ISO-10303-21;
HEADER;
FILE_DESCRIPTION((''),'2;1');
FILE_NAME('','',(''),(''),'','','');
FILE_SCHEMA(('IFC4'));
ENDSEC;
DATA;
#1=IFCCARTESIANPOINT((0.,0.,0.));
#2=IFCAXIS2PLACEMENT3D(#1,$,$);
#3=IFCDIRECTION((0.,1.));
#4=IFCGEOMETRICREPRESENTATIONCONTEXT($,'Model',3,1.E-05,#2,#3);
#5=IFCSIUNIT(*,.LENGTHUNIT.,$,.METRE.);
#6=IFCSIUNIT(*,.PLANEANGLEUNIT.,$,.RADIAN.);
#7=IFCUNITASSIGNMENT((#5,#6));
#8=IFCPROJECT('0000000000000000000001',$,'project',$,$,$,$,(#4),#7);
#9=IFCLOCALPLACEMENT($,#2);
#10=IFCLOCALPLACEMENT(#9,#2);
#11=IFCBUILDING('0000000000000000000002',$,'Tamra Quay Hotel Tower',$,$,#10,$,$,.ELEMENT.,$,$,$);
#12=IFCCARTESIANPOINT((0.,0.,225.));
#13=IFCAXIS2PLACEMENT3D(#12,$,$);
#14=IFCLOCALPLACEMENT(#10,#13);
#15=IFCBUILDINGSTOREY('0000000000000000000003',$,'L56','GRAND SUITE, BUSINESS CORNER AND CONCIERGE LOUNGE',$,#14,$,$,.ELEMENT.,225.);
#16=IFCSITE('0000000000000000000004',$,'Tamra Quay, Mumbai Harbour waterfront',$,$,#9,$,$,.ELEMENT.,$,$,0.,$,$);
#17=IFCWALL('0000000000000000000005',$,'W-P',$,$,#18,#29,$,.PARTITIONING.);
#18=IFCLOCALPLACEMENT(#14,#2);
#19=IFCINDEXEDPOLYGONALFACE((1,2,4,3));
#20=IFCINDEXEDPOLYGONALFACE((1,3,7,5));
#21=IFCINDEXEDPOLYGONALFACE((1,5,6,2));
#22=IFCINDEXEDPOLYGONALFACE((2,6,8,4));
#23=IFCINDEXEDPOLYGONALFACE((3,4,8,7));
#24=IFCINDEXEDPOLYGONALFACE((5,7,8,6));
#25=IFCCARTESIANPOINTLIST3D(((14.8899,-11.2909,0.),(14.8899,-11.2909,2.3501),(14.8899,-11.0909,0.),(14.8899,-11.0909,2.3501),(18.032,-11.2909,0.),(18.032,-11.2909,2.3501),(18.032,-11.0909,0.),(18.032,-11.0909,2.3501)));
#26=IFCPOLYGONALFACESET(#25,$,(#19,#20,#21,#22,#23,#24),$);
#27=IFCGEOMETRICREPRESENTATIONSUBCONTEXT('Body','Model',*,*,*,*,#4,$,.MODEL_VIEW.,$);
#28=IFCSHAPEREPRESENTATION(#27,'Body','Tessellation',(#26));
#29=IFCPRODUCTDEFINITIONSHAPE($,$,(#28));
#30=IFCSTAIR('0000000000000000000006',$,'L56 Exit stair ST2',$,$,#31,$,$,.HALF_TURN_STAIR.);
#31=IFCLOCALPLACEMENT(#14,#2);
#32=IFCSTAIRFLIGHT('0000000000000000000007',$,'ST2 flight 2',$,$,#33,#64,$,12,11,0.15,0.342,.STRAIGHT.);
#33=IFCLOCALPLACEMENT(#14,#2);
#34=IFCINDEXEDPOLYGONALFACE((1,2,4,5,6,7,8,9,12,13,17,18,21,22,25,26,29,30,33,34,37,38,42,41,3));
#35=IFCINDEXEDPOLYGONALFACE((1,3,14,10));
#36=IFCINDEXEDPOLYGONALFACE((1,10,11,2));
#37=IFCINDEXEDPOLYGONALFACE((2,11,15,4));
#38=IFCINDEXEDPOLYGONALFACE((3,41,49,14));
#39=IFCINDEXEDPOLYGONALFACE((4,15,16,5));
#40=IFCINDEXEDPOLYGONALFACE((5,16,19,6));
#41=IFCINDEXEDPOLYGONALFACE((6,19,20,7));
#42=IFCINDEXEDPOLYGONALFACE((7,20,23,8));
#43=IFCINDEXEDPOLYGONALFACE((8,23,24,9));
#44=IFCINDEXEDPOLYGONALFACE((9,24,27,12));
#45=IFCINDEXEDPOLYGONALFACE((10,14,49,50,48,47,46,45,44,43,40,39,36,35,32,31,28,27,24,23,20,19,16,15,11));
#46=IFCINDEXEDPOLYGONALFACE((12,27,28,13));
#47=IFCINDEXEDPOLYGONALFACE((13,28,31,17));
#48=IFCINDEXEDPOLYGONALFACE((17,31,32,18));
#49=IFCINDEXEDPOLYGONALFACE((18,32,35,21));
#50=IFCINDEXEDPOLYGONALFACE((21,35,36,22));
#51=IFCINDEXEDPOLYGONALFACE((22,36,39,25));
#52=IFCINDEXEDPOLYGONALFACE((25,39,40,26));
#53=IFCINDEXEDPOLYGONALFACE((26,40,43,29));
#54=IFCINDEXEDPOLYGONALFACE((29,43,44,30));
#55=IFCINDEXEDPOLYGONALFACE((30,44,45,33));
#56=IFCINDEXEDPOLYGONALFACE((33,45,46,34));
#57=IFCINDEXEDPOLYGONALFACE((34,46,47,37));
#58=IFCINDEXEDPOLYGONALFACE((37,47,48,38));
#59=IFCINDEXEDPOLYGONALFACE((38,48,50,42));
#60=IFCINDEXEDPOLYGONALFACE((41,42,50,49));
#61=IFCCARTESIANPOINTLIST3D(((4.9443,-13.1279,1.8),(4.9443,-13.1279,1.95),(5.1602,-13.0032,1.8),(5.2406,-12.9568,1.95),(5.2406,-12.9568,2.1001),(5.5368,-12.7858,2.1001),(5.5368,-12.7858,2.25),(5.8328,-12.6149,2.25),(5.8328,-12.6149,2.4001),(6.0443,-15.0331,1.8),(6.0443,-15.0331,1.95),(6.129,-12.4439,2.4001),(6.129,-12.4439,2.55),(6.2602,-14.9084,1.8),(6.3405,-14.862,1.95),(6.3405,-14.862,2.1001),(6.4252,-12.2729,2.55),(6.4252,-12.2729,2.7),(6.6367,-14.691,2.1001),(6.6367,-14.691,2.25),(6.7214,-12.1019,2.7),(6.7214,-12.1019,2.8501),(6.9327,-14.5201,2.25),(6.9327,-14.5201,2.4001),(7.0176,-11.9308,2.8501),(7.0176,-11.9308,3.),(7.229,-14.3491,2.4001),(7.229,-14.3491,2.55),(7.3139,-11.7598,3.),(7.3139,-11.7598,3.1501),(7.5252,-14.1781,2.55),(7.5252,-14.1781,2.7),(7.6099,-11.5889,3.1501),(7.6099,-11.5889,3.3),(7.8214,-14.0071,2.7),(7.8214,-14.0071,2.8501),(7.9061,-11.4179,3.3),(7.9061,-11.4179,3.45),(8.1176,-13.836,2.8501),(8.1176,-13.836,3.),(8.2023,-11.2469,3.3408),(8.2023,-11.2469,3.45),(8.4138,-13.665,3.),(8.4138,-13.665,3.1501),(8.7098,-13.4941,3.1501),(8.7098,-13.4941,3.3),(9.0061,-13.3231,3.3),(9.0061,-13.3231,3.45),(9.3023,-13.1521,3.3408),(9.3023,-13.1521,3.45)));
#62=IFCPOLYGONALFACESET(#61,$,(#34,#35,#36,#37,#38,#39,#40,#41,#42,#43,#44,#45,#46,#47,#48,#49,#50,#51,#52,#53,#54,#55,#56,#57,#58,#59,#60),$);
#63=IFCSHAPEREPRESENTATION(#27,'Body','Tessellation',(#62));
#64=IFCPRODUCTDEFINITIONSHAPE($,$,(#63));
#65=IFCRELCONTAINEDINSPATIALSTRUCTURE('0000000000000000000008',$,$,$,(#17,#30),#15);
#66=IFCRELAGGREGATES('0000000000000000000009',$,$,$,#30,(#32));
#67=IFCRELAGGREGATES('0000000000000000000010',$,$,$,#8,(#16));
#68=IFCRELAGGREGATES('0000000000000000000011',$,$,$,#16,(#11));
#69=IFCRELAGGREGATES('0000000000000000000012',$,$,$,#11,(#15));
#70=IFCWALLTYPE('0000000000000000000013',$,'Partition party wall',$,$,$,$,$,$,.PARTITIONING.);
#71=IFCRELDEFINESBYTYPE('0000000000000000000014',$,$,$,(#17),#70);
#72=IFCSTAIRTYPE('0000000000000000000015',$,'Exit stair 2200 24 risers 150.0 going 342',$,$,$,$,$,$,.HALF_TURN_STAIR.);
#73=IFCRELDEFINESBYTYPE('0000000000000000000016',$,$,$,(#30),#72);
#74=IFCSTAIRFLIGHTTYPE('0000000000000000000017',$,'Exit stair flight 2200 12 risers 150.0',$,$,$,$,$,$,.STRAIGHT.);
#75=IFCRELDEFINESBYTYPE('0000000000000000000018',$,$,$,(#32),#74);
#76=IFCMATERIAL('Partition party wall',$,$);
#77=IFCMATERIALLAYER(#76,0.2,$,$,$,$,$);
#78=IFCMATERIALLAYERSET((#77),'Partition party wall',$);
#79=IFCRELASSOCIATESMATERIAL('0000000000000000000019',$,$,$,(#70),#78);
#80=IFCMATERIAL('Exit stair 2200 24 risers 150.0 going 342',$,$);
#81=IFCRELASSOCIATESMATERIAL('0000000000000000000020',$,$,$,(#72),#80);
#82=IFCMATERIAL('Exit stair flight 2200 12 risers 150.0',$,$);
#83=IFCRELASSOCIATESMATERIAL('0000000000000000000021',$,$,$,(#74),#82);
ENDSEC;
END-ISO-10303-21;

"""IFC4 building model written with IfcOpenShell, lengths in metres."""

from ifc_helpers import new_model, si_unit, direction, frame, frame_2d, origin, place, context, subcontext, project, spatial, polyline, rectangle, outline, extrude, material, layer, layer_set, type_object, element, aggregate, save


model = new_model("IFC4")

# Units and contexts
model_context = context("Model", 3, precision=1e-05, world=origin(), true_north=direction((0.0, 1.0)))
body_context = subcontext(model_context, "Body", "Model", "MODEL_VIEW")
ifc_project = project(units=[si_unit("LENGTHUNIT", "METRE"), si_unit("PLANEANGLEUNIT", "RADIAN")], contexts=[model_context])

# Site, building, storey
site_placement = place(None, origin())
site = spatial("IfcSite", under=ifc_project, at=site_placement, Name="Tamra Quay, Mumbai Harbour waterfront", CompositionType="ELEMENT", RefElevation=0.0)
building_placement = place(site_placement, origin())
building = spatial("IfcBuilding", under=site, at=building_placement, Name="Tamra Quay Hotel Tower", CompositionType="ELEMENT")
storey_placement = place(building_placement, frame((0.0, 0.0, 225.0)))
storey = spatial("IfcBuildingStorey", under=building, at=storey_placement, Name="L56", Description="GRAND SUITE, BUSINESS CORNER AND CONCIERGE LOUNGE", CompositionType="ELEMENT", Elevation=225.0)

# Wall
ifc_material_1 = material(Name="Partition party wall")
ifc_layer_1 = layer(ifc_material_1, 0.2)
ifc_layer_set_1 = layer_set([ifc_layer_1], Name="Partition party wall")
wall_type_1 = type_object("IfcWallType", Name="Partition party wall", PredefinedType="PARTITIONING", material=ifc_layer_set_1)
wall_1_placement = place(storey_placement, frame((14.8899, -11.1909, 0.0), z_axis=(0.0, 0.0, 1.0), x_axis=(1.0, 0.0, 0.0)))
element("IfcWall", 1, at=wall_1_placement, inside=storey, type_object=wall_type_1, Name="W-P", PredefinedType="PARTITIONING", context=body_context, shape_type="SweptSolid", body=[
    extrude(rectangle(XDim=3.1421, YDim=0.2, at=frame_2d((1.571, 0.0))), origin(), (0.0, 0.0, 1.0), 2.3501),
])

# Stair, stair flight
ifc_material_2 = material(Name="Exit stair 2200 24 risers 150.0 going 342")
stair_type = type_object("IfcStairType", Name="Exit stair 2200 24 risers 150.0 going 342", PredefinedType="HALF_TURN_STAIR", material=ifc_material_2)
stair_placement = place(storey_placement, origin())
stair = element("IfcStair", 2, at=stair_placement, inside=storey, type_object=stair_type, Name="L56 Exit stair ST2", PredefinedType="HALF_TURN_STAIR")
ifc_material_3 = material(Name="Exit stair flight 2200 12 risers 150.0")
stair_flight_type = type_object("IfcStairFlightType", Name="Exit stair flight 2200 12 risers 150.0", PredefinedType="STRAIGHT", material=ifc_material_3)
stair_flight_placement = place(storey_placement, frame((5.4944, -14.0806, 1.8), z_axis=(0.0, 0.0, 1.0), x_axis=(0.866025, 0.5, 0.0)))
stair_flight = element("IfcStairFlight", 3, at=stair_flight_placement, type_object=stair_flight_type, Name="ST2 flight 2", NumberOfRisers=12, NumberOfTreads=11, PredefinedType="STRAIGHT", RiserHeight=0.15, TreadLength=0.342, context=body_context, shape_type="SweptSolid", body=[
    extrude(outline(polyline([(0.0, 0.0), (0.0, 0.1499), (0.342, 0.1499), (0.342, 0.3), (0.6841, 0.3), (0.6841, 0.45), (1.0259, 0.45), (1.0259, 0.6001), (1.3679, 0.6001), (1.3679, 0.75), (1.71, 0.75), (1.71, 0.8999), (2.052, 0.8999), (2.052, 1.05), (2.394, 1.05), (2.394, 1.2), (2.7361, 1.2), (2.7361, 1.3501), (3.0779, 1.3501), (3.0779, 1.5), (3.4199, 1.5), (3.4199, 1.6499), (3.762, 1.6499), (3.762, 1.8), (3.762, 1.5408), (0.2493, 0.0), (0.0, 0.0)])), frame((0.0, 1.1001, 0.0), z_axis=(0.0, -1.0, 0.0), x_axis=(1.0, 0.0, 0.0)), (0.0, 0.0, 1.0), 2.2),
])
aggregate(stair, [stair_flight])

save(model, "model.ifc")
